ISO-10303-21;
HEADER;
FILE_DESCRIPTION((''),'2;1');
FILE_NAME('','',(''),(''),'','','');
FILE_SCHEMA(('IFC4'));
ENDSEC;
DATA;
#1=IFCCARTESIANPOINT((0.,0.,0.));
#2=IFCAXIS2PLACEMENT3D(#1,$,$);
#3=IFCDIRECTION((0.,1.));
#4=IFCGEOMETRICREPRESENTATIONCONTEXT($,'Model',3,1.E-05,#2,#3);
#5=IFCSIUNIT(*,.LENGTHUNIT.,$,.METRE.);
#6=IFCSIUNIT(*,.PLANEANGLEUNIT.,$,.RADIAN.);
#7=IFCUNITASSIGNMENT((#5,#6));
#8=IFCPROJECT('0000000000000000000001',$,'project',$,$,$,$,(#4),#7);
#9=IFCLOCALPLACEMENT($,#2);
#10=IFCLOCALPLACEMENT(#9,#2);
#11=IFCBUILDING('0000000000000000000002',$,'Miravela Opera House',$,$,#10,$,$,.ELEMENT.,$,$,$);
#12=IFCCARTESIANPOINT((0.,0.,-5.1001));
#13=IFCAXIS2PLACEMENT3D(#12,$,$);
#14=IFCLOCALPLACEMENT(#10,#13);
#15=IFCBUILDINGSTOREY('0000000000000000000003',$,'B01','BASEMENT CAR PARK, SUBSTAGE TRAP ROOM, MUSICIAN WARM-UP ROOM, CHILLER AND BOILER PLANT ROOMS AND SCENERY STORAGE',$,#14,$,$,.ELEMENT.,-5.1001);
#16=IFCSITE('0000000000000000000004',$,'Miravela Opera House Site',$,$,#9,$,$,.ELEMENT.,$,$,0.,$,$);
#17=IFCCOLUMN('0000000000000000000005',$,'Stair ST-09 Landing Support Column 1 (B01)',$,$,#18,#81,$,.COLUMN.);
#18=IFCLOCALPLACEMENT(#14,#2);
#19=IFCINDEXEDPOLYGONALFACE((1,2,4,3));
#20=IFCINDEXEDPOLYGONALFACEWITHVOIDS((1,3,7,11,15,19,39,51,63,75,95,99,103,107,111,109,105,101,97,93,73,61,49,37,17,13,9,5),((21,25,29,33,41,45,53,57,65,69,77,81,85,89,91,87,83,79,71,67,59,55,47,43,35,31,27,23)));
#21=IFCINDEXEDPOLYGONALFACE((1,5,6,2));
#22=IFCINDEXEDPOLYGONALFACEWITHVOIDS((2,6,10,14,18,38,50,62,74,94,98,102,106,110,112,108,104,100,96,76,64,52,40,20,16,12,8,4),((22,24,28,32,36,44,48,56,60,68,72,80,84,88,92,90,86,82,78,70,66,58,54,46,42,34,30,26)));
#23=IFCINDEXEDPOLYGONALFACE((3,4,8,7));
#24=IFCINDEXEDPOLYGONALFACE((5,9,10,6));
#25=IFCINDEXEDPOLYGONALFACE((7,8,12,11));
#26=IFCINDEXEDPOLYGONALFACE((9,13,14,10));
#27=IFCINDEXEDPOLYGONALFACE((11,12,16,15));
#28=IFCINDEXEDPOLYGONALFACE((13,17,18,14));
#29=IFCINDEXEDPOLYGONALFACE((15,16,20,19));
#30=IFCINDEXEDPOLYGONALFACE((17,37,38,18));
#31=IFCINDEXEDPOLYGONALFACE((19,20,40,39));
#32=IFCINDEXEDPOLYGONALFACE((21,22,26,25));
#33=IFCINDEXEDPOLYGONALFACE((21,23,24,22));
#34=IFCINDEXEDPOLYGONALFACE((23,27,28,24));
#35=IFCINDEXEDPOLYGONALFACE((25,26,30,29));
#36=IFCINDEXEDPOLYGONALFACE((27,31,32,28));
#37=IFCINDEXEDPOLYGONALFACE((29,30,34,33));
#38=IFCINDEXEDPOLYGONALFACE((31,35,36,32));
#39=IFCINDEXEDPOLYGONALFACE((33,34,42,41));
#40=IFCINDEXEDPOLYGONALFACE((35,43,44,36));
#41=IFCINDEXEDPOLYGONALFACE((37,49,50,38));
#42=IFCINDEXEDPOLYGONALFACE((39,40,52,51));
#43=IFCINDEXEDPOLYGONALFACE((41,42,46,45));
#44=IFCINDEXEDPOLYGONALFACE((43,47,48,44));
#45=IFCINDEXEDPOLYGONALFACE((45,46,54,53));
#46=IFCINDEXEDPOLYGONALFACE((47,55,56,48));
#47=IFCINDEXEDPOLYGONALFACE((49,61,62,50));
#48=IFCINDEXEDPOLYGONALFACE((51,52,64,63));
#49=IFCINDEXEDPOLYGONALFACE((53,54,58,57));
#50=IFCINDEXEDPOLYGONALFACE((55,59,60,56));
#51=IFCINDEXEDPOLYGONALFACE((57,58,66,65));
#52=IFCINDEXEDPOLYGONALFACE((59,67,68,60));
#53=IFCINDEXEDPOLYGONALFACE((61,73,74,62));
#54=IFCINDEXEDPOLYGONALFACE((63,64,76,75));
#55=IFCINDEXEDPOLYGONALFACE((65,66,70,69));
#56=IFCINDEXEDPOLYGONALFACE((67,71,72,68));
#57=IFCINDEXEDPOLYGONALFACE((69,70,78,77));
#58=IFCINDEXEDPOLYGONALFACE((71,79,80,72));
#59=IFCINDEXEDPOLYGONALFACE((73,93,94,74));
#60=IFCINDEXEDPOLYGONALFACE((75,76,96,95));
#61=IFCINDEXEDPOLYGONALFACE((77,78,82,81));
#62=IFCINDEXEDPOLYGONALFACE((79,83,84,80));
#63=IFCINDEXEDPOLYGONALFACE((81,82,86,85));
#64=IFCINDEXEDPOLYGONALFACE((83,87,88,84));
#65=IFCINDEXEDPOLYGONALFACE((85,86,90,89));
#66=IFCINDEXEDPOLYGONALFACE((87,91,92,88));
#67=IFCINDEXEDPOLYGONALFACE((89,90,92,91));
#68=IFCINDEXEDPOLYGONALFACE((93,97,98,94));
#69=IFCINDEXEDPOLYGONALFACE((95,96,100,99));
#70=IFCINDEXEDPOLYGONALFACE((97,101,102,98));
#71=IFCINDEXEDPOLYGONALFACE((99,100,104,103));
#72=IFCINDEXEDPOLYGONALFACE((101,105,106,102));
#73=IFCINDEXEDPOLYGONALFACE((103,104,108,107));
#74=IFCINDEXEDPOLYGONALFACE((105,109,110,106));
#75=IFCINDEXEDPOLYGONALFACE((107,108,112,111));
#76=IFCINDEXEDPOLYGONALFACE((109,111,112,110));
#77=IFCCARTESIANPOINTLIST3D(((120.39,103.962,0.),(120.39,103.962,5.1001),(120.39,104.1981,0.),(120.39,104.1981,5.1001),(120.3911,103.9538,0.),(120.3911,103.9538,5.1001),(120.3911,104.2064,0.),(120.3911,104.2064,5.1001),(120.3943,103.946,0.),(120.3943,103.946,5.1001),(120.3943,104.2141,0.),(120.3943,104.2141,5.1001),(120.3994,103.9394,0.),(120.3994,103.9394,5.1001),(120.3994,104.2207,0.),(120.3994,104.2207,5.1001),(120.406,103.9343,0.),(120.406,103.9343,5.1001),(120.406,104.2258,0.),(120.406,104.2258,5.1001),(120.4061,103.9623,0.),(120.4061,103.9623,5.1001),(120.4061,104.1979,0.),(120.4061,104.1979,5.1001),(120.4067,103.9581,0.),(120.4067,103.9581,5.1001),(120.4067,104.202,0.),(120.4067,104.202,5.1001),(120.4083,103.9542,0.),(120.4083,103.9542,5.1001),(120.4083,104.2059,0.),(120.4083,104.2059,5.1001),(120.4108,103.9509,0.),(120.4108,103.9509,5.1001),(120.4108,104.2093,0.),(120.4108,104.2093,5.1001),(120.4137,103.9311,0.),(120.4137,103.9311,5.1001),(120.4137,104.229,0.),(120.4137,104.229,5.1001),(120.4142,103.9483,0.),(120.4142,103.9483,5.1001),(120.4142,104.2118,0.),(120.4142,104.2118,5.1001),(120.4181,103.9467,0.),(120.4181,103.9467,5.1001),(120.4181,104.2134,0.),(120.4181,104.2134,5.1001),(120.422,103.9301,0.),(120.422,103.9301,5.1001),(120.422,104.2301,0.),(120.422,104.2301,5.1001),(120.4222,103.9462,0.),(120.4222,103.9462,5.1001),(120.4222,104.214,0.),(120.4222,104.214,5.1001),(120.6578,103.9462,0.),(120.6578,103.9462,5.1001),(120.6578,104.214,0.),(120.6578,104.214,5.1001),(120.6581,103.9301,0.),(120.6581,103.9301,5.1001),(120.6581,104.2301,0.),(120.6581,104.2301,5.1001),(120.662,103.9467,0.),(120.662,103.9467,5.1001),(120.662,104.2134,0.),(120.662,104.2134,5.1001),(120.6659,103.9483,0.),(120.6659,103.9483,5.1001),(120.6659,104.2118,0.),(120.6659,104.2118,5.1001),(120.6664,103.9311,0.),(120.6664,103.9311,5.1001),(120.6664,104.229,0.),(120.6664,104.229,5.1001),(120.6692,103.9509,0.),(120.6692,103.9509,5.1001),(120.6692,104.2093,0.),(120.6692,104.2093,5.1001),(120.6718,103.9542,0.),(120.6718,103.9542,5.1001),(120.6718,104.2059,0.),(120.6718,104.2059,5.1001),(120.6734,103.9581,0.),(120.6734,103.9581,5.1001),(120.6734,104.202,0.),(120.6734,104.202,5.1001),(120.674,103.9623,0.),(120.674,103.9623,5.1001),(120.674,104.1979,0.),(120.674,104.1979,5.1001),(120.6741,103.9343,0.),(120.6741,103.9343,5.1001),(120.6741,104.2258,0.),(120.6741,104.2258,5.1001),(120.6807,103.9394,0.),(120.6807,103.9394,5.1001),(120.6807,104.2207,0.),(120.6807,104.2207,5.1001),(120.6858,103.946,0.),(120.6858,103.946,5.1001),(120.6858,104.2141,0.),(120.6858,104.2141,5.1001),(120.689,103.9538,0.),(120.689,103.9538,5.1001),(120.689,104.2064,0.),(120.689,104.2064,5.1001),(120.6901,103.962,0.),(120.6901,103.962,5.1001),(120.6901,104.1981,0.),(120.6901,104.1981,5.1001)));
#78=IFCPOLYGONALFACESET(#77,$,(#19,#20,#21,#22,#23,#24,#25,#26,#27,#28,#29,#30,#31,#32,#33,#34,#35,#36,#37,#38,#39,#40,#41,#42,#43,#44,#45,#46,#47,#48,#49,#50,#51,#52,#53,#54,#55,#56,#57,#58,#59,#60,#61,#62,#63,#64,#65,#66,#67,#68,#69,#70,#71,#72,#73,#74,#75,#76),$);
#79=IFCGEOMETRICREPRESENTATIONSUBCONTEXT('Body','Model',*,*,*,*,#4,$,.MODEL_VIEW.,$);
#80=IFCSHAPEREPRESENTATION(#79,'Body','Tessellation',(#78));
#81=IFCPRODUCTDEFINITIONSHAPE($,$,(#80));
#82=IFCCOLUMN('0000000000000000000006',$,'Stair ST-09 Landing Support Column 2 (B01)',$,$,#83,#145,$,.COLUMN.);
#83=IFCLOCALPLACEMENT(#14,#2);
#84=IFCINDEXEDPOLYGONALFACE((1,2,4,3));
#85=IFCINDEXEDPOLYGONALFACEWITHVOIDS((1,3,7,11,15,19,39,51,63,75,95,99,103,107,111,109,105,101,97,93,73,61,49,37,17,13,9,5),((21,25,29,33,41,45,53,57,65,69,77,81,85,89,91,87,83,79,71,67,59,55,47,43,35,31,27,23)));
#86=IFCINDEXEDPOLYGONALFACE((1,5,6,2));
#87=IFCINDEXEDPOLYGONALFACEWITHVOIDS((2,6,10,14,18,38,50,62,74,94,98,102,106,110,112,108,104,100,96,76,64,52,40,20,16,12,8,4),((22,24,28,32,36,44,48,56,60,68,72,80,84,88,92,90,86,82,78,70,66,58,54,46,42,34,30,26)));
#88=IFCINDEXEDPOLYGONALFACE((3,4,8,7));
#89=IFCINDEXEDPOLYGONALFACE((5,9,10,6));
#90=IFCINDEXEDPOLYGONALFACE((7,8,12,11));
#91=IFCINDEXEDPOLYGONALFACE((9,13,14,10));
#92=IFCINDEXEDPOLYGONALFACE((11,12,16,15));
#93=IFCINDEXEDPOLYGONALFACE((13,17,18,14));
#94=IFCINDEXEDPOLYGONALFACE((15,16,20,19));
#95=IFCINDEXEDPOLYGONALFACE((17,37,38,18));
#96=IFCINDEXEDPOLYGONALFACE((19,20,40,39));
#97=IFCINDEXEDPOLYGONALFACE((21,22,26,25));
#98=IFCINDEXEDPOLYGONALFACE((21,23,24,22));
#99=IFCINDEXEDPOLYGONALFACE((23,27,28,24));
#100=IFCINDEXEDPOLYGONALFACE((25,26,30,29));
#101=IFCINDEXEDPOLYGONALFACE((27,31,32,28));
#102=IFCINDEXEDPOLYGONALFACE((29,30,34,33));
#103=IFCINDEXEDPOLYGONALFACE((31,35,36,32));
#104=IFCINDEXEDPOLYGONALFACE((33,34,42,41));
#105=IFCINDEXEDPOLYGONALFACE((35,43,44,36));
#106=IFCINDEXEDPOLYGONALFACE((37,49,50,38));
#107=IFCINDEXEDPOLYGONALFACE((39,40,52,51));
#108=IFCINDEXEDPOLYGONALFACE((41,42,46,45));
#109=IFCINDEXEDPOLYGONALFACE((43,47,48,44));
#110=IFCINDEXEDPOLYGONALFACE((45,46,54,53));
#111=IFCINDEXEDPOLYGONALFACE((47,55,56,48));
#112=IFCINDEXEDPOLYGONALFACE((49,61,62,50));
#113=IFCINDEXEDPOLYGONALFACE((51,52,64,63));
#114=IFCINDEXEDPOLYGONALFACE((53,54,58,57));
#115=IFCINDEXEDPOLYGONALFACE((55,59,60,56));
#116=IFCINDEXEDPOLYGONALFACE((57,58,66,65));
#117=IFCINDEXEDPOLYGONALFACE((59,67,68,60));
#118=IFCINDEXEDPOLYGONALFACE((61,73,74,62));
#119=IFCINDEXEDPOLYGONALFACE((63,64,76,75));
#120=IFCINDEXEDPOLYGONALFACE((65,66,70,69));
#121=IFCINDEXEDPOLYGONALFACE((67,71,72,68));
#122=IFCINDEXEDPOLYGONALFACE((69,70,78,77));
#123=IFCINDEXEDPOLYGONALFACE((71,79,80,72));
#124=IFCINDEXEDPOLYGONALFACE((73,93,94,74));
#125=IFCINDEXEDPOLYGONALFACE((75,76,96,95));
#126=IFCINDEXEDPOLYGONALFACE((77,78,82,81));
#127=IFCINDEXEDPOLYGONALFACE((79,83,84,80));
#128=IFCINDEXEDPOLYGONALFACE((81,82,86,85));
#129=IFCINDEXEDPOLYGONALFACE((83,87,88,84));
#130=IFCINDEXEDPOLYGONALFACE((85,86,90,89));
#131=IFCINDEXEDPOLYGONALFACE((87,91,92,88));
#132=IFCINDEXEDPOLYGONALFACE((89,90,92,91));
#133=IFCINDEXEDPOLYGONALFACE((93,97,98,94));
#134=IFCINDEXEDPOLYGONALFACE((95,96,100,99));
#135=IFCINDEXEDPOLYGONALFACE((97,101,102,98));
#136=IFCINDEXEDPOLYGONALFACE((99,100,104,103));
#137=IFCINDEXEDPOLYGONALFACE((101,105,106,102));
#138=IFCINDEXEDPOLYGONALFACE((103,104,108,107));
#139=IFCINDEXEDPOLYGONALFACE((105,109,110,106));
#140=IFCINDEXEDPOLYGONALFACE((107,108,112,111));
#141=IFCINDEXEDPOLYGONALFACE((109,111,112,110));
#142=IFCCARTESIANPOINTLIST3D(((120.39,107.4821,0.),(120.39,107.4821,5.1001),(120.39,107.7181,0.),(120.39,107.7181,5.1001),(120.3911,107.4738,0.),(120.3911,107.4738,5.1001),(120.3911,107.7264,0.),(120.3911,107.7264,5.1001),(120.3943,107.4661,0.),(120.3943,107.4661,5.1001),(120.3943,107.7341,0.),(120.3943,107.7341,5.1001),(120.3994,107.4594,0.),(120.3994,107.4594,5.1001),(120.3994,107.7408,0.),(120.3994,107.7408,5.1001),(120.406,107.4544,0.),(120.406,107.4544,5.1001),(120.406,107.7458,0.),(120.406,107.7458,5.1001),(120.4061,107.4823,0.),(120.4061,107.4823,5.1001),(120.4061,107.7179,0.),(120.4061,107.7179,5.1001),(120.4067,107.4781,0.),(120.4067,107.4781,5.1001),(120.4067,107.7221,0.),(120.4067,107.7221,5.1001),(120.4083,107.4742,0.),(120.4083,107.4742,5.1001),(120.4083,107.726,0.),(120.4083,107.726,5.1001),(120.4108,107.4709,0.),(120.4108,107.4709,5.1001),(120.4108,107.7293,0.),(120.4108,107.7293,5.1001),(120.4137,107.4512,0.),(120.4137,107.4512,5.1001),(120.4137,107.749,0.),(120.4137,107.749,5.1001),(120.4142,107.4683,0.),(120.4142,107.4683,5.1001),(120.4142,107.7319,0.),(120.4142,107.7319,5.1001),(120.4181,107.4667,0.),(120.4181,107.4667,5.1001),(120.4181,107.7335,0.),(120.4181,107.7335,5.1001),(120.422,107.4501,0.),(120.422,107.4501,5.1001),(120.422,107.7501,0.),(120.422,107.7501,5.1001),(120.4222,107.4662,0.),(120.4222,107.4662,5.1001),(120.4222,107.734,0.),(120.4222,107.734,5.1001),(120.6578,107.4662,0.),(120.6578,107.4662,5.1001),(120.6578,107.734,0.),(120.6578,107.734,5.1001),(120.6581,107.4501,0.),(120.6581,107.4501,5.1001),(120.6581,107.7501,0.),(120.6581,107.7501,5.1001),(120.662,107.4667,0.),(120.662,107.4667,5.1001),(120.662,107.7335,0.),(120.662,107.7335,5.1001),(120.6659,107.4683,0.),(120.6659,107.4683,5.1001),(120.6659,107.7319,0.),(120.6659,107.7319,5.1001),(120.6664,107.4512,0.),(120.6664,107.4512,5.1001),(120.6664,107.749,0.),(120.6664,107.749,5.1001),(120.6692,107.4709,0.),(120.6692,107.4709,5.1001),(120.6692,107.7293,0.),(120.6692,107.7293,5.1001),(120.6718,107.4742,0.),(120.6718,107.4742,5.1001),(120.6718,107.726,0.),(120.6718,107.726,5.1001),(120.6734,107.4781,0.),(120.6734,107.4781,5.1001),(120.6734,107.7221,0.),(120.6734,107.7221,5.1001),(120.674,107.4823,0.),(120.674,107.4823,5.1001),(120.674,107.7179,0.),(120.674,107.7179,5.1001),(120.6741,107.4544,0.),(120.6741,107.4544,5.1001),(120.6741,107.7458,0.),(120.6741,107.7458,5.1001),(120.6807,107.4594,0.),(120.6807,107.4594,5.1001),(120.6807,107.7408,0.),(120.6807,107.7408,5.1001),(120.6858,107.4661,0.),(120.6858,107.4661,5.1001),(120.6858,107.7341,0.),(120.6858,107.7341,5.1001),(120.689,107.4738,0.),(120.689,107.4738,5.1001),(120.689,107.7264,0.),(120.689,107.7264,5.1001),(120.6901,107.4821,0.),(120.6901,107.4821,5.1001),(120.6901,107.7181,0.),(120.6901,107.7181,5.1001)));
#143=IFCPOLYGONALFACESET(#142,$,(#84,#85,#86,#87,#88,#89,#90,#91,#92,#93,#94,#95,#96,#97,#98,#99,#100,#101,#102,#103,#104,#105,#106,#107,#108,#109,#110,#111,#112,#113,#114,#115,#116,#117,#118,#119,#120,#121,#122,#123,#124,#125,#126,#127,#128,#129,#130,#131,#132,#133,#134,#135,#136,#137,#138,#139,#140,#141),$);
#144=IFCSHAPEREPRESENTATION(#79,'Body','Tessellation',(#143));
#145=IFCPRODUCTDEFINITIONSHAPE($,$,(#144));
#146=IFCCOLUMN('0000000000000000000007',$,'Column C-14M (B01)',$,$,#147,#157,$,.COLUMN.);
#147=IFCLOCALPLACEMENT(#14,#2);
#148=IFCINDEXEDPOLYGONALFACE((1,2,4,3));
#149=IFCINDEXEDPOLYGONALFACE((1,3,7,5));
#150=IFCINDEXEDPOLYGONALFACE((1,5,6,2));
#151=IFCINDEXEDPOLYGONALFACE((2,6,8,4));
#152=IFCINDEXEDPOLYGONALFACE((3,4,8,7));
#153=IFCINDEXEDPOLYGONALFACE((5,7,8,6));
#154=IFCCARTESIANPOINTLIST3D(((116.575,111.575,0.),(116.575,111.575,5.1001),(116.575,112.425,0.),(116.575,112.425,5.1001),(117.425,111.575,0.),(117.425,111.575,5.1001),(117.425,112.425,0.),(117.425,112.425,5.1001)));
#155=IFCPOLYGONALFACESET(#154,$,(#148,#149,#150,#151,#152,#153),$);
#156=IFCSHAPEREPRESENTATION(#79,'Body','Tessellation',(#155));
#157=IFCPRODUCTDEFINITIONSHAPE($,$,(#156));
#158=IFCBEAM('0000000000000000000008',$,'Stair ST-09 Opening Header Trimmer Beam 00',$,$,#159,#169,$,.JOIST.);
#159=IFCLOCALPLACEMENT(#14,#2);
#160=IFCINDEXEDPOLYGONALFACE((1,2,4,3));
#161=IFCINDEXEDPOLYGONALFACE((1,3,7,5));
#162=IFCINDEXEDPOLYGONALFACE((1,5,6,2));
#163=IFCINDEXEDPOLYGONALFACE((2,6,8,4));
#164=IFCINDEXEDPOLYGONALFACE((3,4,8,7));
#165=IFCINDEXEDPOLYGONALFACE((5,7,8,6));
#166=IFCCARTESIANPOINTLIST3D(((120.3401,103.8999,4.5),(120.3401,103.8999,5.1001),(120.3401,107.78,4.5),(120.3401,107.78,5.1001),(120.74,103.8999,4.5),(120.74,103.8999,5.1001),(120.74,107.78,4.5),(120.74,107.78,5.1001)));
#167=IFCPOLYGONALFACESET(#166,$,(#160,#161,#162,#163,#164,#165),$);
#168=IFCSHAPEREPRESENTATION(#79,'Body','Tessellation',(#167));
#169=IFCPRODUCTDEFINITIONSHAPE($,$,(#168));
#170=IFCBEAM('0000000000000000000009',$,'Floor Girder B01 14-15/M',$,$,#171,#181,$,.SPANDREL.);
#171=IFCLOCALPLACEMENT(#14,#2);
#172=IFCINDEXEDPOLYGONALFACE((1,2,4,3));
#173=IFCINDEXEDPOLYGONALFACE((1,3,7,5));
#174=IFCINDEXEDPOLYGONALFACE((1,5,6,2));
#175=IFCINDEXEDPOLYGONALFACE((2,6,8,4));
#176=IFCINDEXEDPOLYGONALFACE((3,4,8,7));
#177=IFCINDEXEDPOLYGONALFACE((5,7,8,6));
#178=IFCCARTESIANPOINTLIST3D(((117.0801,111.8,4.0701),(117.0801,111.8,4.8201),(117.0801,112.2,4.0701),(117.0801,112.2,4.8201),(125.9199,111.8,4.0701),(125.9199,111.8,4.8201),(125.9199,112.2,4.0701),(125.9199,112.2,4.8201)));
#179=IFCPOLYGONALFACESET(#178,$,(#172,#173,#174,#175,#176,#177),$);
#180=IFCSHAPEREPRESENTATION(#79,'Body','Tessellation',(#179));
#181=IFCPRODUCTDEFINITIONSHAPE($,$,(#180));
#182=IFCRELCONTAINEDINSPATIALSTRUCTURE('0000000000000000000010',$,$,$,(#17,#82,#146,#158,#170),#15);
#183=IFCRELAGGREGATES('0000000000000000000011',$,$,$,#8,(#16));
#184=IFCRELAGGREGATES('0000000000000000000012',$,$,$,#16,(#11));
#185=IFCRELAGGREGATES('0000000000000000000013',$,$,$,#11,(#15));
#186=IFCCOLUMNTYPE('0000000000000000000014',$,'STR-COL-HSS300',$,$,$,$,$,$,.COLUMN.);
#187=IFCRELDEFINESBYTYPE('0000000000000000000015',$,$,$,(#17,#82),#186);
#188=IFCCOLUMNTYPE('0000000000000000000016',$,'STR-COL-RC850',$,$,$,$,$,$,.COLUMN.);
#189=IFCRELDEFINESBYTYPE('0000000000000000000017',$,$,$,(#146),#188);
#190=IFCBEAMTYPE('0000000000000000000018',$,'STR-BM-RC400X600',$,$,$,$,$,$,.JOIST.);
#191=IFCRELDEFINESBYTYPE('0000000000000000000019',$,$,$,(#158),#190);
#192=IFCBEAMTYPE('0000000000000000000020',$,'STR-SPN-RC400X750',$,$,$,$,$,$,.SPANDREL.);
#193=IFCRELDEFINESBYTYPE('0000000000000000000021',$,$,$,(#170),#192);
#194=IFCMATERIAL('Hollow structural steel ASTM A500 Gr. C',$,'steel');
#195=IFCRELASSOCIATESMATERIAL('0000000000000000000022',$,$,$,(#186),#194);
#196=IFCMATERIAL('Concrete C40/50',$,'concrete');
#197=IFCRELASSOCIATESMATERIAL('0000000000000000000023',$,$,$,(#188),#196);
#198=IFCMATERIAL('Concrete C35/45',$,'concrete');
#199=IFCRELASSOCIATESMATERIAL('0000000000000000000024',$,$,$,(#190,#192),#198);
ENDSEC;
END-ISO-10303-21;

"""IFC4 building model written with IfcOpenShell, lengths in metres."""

from ifc_helpers import new_model, si_unit, direction, frame, origin, origin_2d, place, context, subcontext, project, spatial, rectangle, hollow_rectangle, extrude, material, material_profile, profile_set, type_object, element, save


model = new_model("IFC4")

# Units and contexts
model_context = context("Model", 3, precision=1e-05, world=origin(), true_north=direction((0.0, 1.0)))
body_context = subcontext(model_context, "Body", "Model", "MODEL_VIEW")
ifc_project = project(units=[si_unit("LENGTHUNIT", "METRE"), si_unit("PLANEANGLEUNIT", "RADIAN")], contexts=[model_context])

# Site, building, storey
site_placement = place(None, origin())
site = spatial("IfcSite", under=ifc_project, at=site_placement, Name="Miravela Opera House Site", CompositionType="ELEMENT", RefElevation=0.0)
building_placement = place(site_placement, origin())
building = spatial("IfcBuilding", under=site, at=building_placement, Name="Miravela Opera House", CompositionType="ELEMENT")
storey_placement = place(building_placement, frame((0.0, 0.0, -5.1001)))
storey = spatial("IfcBuildingStorey", under=building, at=storey_placement, Name="B01", Description="BASEMENT CAR PARK, SUBSTAGE TRAP ROOM, MUSICIAN WARM-UP ROOM, CHILLER AND BOILER PLANT ROOMS AND SCENERY STORAGE", CompositionType="ELEMENT", Elevation=-5.1001)

# Shared definitions
ifc_material_1 = material(Name="Concrete C35/45", Category="concrete")

# Columns
ifc_material_2 = material(Name="Hollow structural steel ASTM A500 Gr. C", Category="steel")
ifc_material_profile_1 = material_profile(ifc_material_2, hollow_rectangle(XDim=0.3, YDim=0.3, WallThickness=0.0161, InnerFilletRadius=0.0161, OuterFilletRadius=0.032, at=origin_2d()), Name="HSS300X300X16")
ifc_profile_set_1 = profile_set([ifc_material_profile_1])
column_type_1 = type_object("IfcColumnType", Name="STR-COL-HSS300", PredefinedType="COLUMN", material=ifc_profile_set_1)
for number, where, z_axis, x_axis, name in (
    (1, (120.54, 104.0801, 0.0), (0.0, 0.0, 1.0), (1.0, 0.0, 0.0), "Stair ST-09 Landing Support Column 1 (B01)"),
    (2, (120.54, 107.6001, 0.0), (0.0, 0.0, 1.0), (1.0, 0.0, 0.0), "Stair ST-09 Landing Support Column 2 (B01)"),
):
    element("IfcColumn", number, at=place(storey_placement, frame(where, z_axis=z_axis, x_axis=x_axis)), inside=storey, type_object=column_type_1, Name=name, PredefinedType="COLUMN", context=body_context, shape_type="SweptSolid", body=[
        extrude(hollow_rectangle(XDim=0.3, YDim=0.3, WallThickness=0.0161, InnerFilletRadius=0.0161, OuterFilletRadius=0.032, at=origin_2d()), origin(), (0.0, 0.0, 1.0), 5.1001),
    ])
ifc_material_3 = material(Name="Concrete C40/50", Category="concrete")
ifc_material_profile_2 = material_profile(ifc_material_3, rectangle(XDim=0.8501, YDim=0.8501, at=origin_2d()), Name="RC-COL-850X850")
ifc_profile_set_2 = profile_set([ifc_material_profile_2])
column_type_2 = type_object("IfcColumnType", Name="STR-COL-RC850", PredefinedType="COLUMN", material=ifc_profile_set_2)
column_placement = place(storey_placement, frame((117.0, 112.0, 0.0), z_axis=(0.0, 0.0, 1.0), x_axis=(1.0, 0.0, 0.0)))
element("IfcColumn", 3, at=column_placement, inside=storey, type_object=column_type_2, Name="Column C-14M (B01)", PredefinedType="COLUMN", context=body_context, shape_type="SweptSolid", body=[
    extrude(rectangle(XDim=0.8501, YDim=0.8501, at=origin_2d()), origin(), (0.0, 0.0, 1.0), 5.1001),
])

# Beams
ifc_material_profile_3 = material_profile(ifc_material_1, rectangle(XDim=0.3999, YDim=0.6001, at=origin_2d()), Name="RC-BM-400X600")
ifc_profile_set_3 = profile_set([ifc_material_profile_3])
beam_type_1 = type_object("IfcBeamType", Name="STR-BM-RC400X600", PredefinedType="JOIST", material=ifc_profile_set_3)
beam_1_placement = place(storey_placement, frame((120.54, 103.8999, 4.8), z_axis=(0.0, 1.0, 0.0), x_axis=(-1.0, 0.0, 0.0)))
element("IfcBeam", 4, at=beam_1_placement, inside=storey, type_object=beam_type_1, Name="Stair ST-09 Opening Header Trimmer Beam 00", PredefinedType="JOIST", context=body_context, shape_type="SweptSolid", body=[
    extrude(rectangle(XDim=0.3999, YDim=0.6001, at=origin_2d()), origin(), (0.0, 0.0, 1.0), 3.8801),
])
ifc_material_profile_4 = material_profile(ifc_material_1, rectangle(XDim=0.3999, YDim=0.75, at=origin_2d()), Name="RC-SPN-400X750")
ifc_profile_set_4 = profile_set([ifc_material_profile_4])
beam_type_2 = type_object("IfcBeamType", Name="STR-SPN-RC400X750", PredefinedType="SPANDREL", material=ifc_profile_set_4)
beam_2_placement = place(storey_placement, frame((117.0801, 112.0, 4.4451), z_axis=(1.0, 0.0, 0.0), x_axis=(0.0, 1.0, 0.0)))
element("IfcBeam", 5, at=beam_2_placement, inside=storey, type_object=beam_type_2, Name="Floor Girder B01 14-15/M", PredefinedType="SPANDREL", context=body_context, shape_type="SweptSolid", body=[
    extrude(rectangle(XDim=0.3999, YDim=0.75, at=origin_2d()), origin(), (0.0, 0.0, 1.0), 8.8398),
])

save(model, "model.ifc")
